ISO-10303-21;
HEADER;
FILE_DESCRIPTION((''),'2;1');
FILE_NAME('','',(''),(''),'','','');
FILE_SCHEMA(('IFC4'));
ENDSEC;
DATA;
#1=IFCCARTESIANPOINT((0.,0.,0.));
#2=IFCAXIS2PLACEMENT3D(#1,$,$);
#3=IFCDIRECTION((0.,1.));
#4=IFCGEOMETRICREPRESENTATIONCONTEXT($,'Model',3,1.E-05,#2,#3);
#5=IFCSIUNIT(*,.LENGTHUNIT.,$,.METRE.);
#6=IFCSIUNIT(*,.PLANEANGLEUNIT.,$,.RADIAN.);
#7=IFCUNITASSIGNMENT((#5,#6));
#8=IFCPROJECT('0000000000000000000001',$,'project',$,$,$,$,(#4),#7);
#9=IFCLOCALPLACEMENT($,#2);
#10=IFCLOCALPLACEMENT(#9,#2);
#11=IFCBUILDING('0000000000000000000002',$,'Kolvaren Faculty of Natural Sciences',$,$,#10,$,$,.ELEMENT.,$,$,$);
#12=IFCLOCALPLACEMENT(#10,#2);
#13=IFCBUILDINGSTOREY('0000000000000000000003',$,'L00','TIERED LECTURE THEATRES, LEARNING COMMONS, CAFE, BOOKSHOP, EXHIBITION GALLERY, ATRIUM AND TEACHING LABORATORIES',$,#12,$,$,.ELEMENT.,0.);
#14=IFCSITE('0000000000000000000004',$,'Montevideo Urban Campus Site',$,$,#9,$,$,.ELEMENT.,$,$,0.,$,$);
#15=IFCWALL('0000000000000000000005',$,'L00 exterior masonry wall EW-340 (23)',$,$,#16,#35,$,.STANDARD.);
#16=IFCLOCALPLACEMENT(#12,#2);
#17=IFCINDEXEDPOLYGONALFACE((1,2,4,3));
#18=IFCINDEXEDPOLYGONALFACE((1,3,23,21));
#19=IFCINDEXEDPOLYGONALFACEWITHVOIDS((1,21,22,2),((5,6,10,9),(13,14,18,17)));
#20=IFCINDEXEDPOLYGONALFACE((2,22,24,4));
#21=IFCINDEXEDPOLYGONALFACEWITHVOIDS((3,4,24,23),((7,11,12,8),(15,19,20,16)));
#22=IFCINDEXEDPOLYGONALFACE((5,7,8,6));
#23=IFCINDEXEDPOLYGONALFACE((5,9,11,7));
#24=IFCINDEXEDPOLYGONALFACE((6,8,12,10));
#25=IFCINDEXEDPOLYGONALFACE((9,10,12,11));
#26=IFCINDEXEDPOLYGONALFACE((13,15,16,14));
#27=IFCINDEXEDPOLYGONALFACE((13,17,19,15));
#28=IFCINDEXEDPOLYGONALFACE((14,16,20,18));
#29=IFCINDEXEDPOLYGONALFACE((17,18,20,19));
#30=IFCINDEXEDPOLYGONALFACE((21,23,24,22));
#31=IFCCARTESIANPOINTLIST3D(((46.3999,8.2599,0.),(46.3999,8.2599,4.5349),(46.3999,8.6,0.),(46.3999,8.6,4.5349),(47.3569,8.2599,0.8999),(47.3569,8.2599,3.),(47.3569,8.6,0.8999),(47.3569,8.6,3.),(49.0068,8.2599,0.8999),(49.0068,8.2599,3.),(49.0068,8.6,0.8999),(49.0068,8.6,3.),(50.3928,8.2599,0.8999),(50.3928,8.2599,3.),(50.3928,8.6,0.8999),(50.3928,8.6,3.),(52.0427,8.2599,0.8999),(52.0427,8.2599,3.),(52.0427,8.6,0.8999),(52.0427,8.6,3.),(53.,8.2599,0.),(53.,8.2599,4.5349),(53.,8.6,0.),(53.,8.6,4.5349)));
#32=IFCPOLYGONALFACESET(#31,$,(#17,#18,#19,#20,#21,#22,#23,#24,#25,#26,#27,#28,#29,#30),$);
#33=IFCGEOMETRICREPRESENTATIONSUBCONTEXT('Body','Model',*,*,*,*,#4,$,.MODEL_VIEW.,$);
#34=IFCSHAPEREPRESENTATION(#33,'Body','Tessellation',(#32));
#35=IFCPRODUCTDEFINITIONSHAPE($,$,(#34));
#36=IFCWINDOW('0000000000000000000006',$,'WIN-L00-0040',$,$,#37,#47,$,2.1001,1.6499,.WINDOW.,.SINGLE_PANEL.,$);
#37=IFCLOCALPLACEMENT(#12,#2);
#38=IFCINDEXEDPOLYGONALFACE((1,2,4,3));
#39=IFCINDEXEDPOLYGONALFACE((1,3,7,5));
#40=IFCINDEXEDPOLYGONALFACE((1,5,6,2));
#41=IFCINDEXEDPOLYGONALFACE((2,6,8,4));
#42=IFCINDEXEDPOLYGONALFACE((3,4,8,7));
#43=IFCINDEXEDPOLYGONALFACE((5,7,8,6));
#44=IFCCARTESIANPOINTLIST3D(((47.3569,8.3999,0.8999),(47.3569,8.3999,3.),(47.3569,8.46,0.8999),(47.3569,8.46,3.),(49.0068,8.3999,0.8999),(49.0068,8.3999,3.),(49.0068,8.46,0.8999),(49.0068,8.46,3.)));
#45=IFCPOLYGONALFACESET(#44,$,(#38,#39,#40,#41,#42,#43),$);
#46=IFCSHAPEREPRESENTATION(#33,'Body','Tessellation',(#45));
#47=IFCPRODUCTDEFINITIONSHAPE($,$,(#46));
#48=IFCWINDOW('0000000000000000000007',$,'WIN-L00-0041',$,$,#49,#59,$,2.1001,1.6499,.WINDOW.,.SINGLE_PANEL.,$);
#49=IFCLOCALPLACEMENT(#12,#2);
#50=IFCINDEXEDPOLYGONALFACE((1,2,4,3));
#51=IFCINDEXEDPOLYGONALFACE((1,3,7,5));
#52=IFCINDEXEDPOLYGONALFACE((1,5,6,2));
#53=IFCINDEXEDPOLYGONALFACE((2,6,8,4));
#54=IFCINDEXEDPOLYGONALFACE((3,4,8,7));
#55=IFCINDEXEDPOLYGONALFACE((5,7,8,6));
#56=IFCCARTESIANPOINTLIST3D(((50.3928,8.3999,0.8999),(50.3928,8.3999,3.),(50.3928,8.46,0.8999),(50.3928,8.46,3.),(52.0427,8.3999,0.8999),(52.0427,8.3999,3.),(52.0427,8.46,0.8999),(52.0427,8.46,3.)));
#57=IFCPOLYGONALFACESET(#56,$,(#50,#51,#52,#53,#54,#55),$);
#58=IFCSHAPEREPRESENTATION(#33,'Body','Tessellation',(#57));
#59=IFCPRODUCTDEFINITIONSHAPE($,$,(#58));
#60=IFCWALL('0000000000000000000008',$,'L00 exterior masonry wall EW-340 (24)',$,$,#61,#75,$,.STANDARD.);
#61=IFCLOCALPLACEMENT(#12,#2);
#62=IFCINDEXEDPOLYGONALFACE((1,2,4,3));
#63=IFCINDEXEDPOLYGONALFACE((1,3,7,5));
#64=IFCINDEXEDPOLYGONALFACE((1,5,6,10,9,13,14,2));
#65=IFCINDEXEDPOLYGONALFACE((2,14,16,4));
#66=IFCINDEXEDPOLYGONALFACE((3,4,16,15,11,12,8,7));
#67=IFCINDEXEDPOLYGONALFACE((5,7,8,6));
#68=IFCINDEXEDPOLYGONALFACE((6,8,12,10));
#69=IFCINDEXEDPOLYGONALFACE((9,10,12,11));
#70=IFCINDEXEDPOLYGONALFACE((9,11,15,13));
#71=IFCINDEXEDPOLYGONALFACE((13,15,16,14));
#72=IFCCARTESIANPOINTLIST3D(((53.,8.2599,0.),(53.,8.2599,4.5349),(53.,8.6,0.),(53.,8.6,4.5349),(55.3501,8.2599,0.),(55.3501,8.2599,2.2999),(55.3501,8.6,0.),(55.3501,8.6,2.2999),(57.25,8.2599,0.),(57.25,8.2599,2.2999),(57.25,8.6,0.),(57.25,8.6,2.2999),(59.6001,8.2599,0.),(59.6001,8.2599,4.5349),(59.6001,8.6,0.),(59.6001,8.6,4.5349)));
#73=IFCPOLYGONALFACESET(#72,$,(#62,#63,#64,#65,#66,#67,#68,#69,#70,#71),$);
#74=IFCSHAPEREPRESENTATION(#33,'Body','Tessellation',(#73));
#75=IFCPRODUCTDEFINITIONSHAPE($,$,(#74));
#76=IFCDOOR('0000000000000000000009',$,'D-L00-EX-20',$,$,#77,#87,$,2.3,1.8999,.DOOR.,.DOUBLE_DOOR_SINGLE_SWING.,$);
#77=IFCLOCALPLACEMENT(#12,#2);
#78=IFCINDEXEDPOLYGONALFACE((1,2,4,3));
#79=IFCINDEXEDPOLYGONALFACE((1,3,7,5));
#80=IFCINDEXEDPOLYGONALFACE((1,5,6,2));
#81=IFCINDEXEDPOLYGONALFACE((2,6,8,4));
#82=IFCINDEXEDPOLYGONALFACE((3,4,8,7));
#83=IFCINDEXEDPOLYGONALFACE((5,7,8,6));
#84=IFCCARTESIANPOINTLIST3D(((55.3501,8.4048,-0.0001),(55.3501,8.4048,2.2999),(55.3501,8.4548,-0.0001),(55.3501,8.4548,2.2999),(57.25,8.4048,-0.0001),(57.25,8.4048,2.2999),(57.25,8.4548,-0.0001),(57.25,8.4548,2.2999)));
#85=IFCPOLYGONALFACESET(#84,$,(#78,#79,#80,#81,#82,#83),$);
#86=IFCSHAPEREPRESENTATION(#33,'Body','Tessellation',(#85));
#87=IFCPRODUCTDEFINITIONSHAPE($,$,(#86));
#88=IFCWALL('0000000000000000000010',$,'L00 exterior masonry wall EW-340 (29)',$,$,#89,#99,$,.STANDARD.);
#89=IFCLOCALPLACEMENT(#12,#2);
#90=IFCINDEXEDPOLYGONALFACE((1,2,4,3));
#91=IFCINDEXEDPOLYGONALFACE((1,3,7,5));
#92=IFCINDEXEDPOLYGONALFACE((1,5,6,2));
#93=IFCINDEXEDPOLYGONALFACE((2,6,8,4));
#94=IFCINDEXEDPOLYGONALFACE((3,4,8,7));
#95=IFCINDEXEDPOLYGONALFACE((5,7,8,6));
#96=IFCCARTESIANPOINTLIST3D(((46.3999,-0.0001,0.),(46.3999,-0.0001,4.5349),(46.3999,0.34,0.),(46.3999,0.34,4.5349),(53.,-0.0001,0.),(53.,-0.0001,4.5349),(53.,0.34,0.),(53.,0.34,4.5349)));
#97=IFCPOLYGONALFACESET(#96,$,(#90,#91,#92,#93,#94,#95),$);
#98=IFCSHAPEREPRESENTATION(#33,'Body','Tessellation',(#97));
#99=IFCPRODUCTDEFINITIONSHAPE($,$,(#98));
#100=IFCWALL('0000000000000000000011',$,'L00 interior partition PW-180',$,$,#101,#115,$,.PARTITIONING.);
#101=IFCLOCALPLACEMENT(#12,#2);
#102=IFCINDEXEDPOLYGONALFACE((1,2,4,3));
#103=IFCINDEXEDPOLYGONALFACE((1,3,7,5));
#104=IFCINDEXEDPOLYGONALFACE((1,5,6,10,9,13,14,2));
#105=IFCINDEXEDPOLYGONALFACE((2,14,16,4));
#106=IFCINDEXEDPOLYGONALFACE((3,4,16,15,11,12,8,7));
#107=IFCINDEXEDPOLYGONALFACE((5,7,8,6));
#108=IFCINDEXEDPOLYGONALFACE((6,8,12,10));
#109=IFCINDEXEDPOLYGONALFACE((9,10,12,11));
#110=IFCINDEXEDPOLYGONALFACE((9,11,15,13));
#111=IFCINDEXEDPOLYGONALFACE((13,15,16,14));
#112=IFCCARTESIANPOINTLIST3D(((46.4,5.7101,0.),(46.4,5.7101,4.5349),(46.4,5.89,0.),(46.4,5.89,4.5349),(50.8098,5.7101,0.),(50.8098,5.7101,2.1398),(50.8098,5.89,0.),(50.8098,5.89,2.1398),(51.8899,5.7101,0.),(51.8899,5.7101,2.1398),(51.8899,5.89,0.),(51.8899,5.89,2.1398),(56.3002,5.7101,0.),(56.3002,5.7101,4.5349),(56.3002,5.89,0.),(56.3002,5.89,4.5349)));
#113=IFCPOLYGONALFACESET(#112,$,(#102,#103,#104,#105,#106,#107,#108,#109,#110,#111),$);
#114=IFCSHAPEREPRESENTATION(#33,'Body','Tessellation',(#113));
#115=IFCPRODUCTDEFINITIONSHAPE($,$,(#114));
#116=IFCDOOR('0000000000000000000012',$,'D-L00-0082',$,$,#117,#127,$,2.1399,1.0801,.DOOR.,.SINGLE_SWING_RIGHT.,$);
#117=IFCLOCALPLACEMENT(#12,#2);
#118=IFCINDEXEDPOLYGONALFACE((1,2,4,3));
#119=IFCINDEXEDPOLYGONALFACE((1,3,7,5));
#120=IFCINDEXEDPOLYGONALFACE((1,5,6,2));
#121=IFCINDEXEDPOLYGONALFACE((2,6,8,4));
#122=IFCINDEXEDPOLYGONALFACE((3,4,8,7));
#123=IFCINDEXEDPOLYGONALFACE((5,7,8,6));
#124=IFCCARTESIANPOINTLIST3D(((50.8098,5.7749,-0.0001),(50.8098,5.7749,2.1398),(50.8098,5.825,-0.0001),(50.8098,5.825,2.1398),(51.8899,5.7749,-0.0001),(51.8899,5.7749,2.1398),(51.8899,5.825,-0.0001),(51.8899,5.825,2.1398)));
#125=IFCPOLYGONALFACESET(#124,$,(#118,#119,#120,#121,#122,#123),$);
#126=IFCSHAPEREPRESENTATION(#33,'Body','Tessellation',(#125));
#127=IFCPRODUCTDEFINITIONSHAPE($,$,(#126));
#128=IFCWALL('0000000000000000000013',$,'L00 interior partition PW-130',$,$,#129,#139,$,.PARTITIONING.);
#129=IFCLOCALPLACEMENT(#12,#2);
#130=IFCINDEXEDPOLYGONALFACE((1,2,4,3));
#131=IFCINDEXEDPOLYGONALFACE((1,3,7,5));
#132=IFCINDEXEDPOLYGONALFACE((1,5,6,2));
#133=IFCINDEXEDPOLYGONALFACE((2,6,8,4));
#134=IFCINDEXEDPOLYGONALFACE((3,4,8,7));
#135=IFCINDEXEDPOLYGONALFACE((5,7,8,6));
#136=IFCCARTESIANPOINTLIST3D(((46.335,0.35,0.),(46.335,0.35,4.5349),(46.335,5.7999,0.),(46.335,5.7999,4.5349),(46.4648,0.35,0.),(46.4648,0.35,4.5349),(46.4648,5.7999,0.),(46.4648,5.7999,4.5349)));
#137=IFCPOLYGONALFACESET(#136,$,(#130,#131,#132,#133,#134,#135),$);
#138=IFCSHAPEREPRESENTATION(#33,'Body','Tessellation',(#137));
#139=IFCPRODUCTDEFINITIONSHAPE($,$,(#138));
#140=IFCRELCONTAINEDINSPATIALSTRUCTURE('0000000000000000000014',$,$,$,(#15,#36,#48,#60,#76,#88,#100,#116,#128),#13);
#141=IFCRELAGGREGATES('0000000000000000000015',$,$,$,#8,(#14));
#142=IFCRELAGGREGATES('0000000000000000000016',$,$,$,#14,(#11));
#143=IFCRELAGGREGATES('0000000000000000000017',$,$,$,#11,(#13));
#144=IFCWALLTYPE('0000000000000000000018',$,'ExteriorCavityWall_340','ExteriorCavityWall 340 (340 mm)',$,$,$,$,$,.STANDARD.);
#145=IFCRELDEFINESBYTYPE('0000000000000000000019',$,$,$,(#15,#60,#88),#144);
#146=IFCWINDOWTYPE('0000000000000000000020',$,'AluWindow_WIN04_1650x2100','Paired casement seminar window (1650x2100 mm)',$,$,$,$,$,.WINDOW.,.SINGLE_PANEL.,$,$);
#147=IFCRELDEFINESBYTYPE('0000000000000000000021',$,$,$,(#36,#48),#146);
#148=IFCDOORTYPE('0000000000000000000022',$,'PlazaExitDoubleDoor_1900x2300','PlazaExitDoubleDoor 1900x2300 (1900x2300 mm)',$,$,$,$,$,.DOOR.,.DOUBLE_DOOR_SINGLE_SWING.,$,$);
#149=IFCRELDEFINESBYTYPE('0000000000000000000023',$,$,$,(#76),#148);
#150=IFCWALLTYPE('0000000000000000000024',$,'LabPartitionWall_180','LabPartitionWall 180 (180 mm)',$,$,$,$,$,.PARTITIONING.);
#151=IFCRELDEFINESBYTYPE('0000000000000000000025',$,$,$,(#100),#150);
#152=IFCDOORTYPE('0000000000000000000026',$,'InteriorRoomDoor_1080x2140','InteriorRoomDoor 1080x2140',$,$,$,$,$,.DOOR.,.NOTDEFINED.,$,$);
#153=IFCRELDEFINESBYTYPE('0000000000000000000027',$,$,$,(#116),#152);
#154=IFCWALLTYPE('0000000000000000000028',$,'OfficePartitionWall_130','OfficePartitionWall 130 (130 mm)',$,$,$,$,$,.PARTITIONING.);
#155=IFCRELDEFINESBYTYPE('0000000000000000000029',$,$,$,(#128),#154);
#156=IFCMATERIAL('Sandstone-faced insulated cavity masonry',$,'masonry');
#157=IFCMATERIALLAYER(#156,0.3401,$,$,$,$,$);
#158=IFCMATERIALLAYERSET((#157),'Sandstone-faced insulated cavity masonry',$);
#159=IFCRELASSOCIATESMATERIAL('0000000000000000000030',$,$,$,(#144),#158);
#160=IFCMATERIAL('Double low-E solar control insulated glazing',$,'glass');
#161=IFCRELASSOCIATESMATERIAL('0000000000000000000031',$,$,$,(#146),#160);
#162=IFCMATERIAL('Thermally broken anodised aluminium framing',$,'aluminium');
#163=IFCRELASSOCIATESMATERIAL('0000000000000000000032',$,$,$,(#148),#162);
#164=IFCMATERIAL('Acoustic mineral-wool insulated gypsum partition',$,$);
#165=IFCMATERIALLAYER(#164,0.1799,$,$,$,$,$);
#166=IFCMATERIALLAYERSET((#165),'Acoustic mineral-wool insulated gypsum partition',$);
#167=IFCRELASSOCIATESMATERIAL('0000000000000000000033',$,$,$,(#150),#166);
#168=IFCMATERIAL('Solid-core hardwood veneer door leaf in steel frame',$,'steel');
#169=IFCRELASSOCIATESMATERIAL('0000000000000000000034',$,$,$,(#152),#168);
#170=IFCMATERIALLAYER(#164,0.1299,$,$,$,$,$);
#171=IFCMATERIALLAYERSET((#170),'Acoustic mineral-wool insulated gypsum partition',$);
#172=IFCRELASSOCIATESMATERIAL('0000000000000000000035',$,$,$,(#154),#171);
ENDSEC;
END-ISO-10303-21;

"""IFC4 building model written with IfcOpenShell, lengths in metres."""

from ifc_helpers import new_model, si_unit, direction, frame, frame_2d, origin, place, context, subcontext, project, spatial, rectangle, extrude, material, layer, layer_set, type_object, element, fill, save


model = new_model("IFC4")

# Units and contexts
model_context = context("Model", 3, precision=1e-05, world=origin(), true_north=direction((0.0, 1.0)))
body_context = subcontext(model_context, "Body", "Model", "MODEL_VIEW")
ifc_project = project(units=[si_unit("LENGTHUNIT", "METRE"), si_unit("PLANEANGLEUNIT", "RADIAN")], contexts=[model_context])

# Site, building, storey
site_placement = place(None, origin())
site = spatial("IfcSite", under=ifc_project, at=site_placement, Name="Montevideo Urban Campus Site", CompositionType="ELEMENT", RefElevation=0.0)
building_placement = place(site_placement, origin())
building = spatial("IfcBuilding", under=site, at=building_placement, Name="Kolvaren Faculty of Natural Sciences", CompositionType="ELEMENT")
storey_placement = place(building_placement, origin())
storey = spatial("IfcBuildingStorey", under=building, at=storey_placement, Name="L00", Description="TIERED LECTURE THEATRES, LEARNING COMMONS, CAFE, BOOKSHOP, EXHIBITION GALLERY, ATRIUM AND TEACHING LABORATORIES", CompositionType="ELEMENT", Elevation=0.0)

# Wall, openings, windows
ifc_material_1 = material(Name="Sandstone-faced insulated cavity masonry", Category="masonry")
ifc_layer_1 = layer(ifc_material_1, 0.3401)
ifc_layer_set_1 = layer_set([ifc_layer_1], Name="Sandstone-faced insulated cavity masonry")
wall_type_1 = type_object("IfcWallType", Name="ExteriorCavityWall_340", Description="ExteriorCavityWall 340 (340 mm)", PredefinedType="STANDARD", material=ifc_layer_set_1)
ifc_material_2 = material(Name="Double low-E solar control insulated glazing", Category="glass")
wall_1_placement = place(storey_placement, frame((46.3999, 8.4299, 0.0), z_axis=(0.0, 0.0, 1.0), x_axis=(1.0, 0.0, 0.0)))
wall_1 = element("IfcWall", 1, at=wall_1_placement, inside=storey, type_object=wall_type_1, Name="L00 exterior masonry wall EW-340 (23)", PredefinedType="STANDARD", context=body_context, shape_type="SweptSolid", body=[
    extrude(rectangle(XDim=6.6001, YDim=0.3401, at=frame_2d((3.3, 0.0))), origin(), (0.0, 0.0, 1.0), 4.5349),
])
opening_1_placement = place(wall_1_placement, frame((0.957, 0.0, 0.8999)))
opening_1 = element("IfcOpeningElement", 2, at=opening_1_placement, cuts=wall_1, PredefinedType="OPENING", context=body_context, shape_type="SweptSolid", body=[
    extrude(rectangle(XDim=1.6499, YDim=2.1001, at=frame_2d((0.825, 1.05))), frame((0.0, 0.1799, 0.0), z_axis=(0.0, -1.0, 0.0), x_axis=(1.0, 0.0, 0.0)), (0.0, 0.0, 1.0), 0.3601),
])
opening_2_placement = place(wall_1_placement, frame((3.9929, 0.0, 0.8999)))
opening_2 = element("IfcOpeningElement", 3, at=opening_2_placement, cuts=wall_1, PredefinedType="OPENING", context=body_context, shape_type="SweptSolid", body=[
    extrude(rectangle(XDim=1.6499, YDim=2.1001, at=frame_2d((0.825, 1.05))), frame((0.0, 0.1799, 0.0), z_axis=(0.0, -1.0, 0.0), x_axis=(1.0, 0.0, 0.0)), (0.0, 0.0, 1.0), 0.3601),
])
window_type_1 = type_object("IfcWindowType", Name="AluWindow_WIN04_1650x2100", Description="Paired casement seminar window (1650x2100 mm)", PartitioningType="SINGLE_PANEL", PredefinedType="WINDOW", material=ifc_material_2)
window_1_placement = place(opening_1_placement, origin())
window_1 = element("IfcWindow", 4, at=window_1_placement, inside=storey, type_object=window_type_1, Name="WIN-L00-0040", OverallHeight=2.1001, OverallWidth=1.6499, PartitioningType="SINGLE_PANEL", PredefinedType="WINDOW", context=body_context, shape_type="SweptSolid", body=[
    extrude(rectangle(XDim=1.6499, YDim=2.1001, at=frame_2d((0.825, 1.05))), frame((0.0, 0.03, 0.0), z_axis=(0.0, -1.0, 0.0), x_axis=(1.0, 0.0, 0.0)), (0.0, 0.0, 1.0), 0.0601),
])
fill(opening_1, window_1)
window_2_placement = place(opening_2_placement, origin())
window_2 = element("IfcWindow", 5, at=window_2_placement, inside=storey, type_object=window_type_1, Name="WIN-L00-0041", OverallHeight=2.1001, OverallWidth=1.6499, PartitioningType="SINGLE_PANEL", PredefinedType="WINDOW", context=body_context, shape_type="SweptSolid", body=[
    extrude(rectangle(XDim=1.6499, YDim=2.1001, at=frame_2d((0.825, 1.05))), frame((0.0, 0.03, 0.0), z_axis=(0.0, -1.0, 0.0), x_axis=(1.0, 0.0, 0.0)), (0.0, 0.0, 1.0), 0.0601),
])
fill(opening_2, window_2)

# Wall, opening, door
wall_2_placement = place(storey_placement, frame((53.0, 8.4299, 0.0), z_axis=(0.0, 0.0, 1.0), x_axis=(1.0, 0.0, 0.0)))
wall_2 = element("IfcWall", 6, at=wall_2_placement, inside=storey, type_object=wall_type_1, Name="L00 exterior masonry wall EW-340 (24)", PredefinedType="STANDARD", context=body_context, shape_type="SweptSolid", body=[
    extrude(rectangle(XDim=6.6001, YDim=0.3401, at=frame_2d((3.3, 0.0))), origin(), (0.0, 0.0, 1.0), 4.5349),
])
opening_3_placement = place(wall_2_placement, frame((2.3501, 0.0, 0.0)))
opening_3 = element("IfcOpeningElement", 7, at=opening_3_placement, cuts=wall_2, PredefinedType="OPENING", context=body_context, shape_type="SweptSolid", body=[
    extrude(rectangle(XDim=1.8999, YDim=2.3, at=frame_2d((0.95, 1.1499))), frame((0.0, 0.1799, 0.0), z_axis=(0.0, -1.0, 0.0), x_axis=(1.0, 0.0, 0.0)), (0.0, 0.0, 1.0), 0.3601),
])
ifc_material_3 = material(Name="Thermally broken anodised aluminium framing", Category="aluminium")
door_type_1 = type_object("IfcDoorType", Name="PlazaExitDoubleDoor_1900x2300", Description="PlazaExitDoubleDoor 1900x2300 (1900x2300 mm)", OperationType="DOUBLE_DOOR_SINGLE_SWING", PredefinedType="DOOR", material=ifc_material_3)
door_1_placement = place(opening_3_placement, origin())
door_1 = element("IfcDoor", 8, at=door_1_placement, inside=storey, type_object=door_type_1, Name="D-L00-EX-20", OperationType="DOUBLE_DOOR_SINGLE_SWING", OverallHeight=2.3, OverallWidth=1.8999, PredefinedType="DOOR", context=body_context, shape_type="SweptSolid", body=[
    extrude(rectangle(XDim=1.8999, YDim=2.3, at=frame_2d((0.95, 1.1499))), frame((0.0, 0.0249, 0.0), z_axis=(0.0, -1.0, 0.0), x_axis=(1.0, 0.0, 0.0)), (0.0, 0.0, 1.0), 0.05),
])
fill(opening_3, door_1)

# Wall
wall_3_placement = place(storey_placement, frame((53.0, 0.1699, 0.0), z_axis=(0.0, 0.0, 1.0), x_axis=(-1.0, 0.0, 0.0)))
element("IfcWall", 9, at=wall_3_placement, inside=storey, type_object=wall_type_1, Name="L00 exterior masonry wall EW-340 (29)", PredefinedType="STANDARD", context=body_context, shape_type="SweptSolid", body=[
    extrude(rectangle(XDim=6.6001, YDim=0.3401, at=frame_2d((3.3, 0.0))), origin(), (0.0, 0.0, 1.0), 4.5349),
])

# Wall, opening, door
ifc_material_4 = material(Name="Acoustic mineral-wool insulated gypsum partition")
ifc_layer_2 = layer(ifc_material_4, 0.1799)
ifc_layer_set_2 = layer_set([ifc_layer_2], Name="Acoustic mineral-wool insulated gypsum partition")
wall_type_2 = type_object("IfcWallType", Name="LabPartitionWall_180", Description="LabPartitionWall 180 (180 mm)", PredefinedType="PARTITIONING", material=ifc_layer_set_2)
wall_4_placement = place(storey_placement, frame((46.3999, 5.8, 0.0), z_axis=(0.0, 0.0, 1.0), x_axis=(1.0, 0.0, 0.0)))
wall_4 = element("IfcWall", 10, at=wall_4_placement, inside=storey, type_object=wall_type_2, Name="L00 interior partition PW-180", PredefinedType="PARTITIONING", context=body_context, shape_type="SweptSolid", body=[
    extrude(rectangle(XDim=9.9001, YDim=0.1799, at=frame_2d((4.9502, 0.0))), origin(), (0.0, 0.0, 1.0), 4.5349),
])
opening_4_placement = place(wall_4_placement, frame((4.4099, 0.0, 0.0)))
opening_4 = element("IfcOpeningElement", 11, at=opening_4_placement, cuts=wall_4, PredefinedType="OPENING", context=body_context, shape_type="SweptSolid", body=[
    extrude(rectangle(XDim=1.0801, YDim=2.1399, at=frame_2d((0.54, 1.0698))), frame((0.0, 0.0999, 0.0), z_axis=(0.0, -1.0, 0.0), x_axis=(1.0, 0.0, 0.0)), (0.0, 0.0, 1.0), 0.2),
])
ifc_material_5 = material(Name="Solid-core hardwood veneer door leaf in steel frame", Category="steel")
door_type_2 = type_object("IfcDoorType", Name="InteriorRoomDoor_1080x2140", Description="InteriorRoomDoor 1080x2140", OperationType="NOTDEFINED", PredefinedType="DOOR", material=ifc_material_5)
door_2_placement = place(opening_4_placement, origin())
door_2 = element("IfcDoor", 12, at=door_2_placement, inside=storey, type_object=door_type_2, Name="D-L00-0082", OperationType="SINGLE_SWING_RIGHT", OverallHeight=2.1399, OverallWidth=1.0801, PredefinedType="DOOR", context=body_context, shape_type="SweptSolid", body=[
    extrude(rectangle(XDim=1.0801, YDim=2.1399, at=frame_2d((0.54, 1.0698))), frame((0.0, 0.0249, 0.0), z_axis=(0.0, -1.0, 0.0), x_axis=(1.0, 0.0, 0.0)), (0.0, 0.0, 1.0), 0.05),
])
fill(opening_4, door_2)

# Wall
ifc_layer_3 = layer(ifc_material_4, 0.1299)
ifc_layer_set_3 = layer_set([ifc_layer_3], Name="Acoustic mineral-wool insulated gypsum partition")
wall_type_3 = type_object("IfcWallType", Name="OfficePartitionWall_130", Description="OfficePartitionWall 130 (130 mm)", PredefinedType="PARTITIONING", material=ifc_layer_set_3)
wall_5_placement = place(storey_placement, frame((46.3999, 5.8, 0.0), z_axis=(0.0, 0.0, 1.0), x_axis=(0.0, -1.0, 0.0)))
element("IfcWall", 13, at=wall_5_placement, inside=storey, type_object=wall_type_3, Name="L00 interior partition PW-130", PredefinedType="PARTITIONING", context=body_context, shape_type="SweptSolid", body=[
    extrude(rectangle(XDim=5.45, YDim=0.1299, at=frame_2d((2.7251, 0.0))), origin(), (0.0, 0.0, 1.0), 4.5349),
])

save(model, "model.ifc")
